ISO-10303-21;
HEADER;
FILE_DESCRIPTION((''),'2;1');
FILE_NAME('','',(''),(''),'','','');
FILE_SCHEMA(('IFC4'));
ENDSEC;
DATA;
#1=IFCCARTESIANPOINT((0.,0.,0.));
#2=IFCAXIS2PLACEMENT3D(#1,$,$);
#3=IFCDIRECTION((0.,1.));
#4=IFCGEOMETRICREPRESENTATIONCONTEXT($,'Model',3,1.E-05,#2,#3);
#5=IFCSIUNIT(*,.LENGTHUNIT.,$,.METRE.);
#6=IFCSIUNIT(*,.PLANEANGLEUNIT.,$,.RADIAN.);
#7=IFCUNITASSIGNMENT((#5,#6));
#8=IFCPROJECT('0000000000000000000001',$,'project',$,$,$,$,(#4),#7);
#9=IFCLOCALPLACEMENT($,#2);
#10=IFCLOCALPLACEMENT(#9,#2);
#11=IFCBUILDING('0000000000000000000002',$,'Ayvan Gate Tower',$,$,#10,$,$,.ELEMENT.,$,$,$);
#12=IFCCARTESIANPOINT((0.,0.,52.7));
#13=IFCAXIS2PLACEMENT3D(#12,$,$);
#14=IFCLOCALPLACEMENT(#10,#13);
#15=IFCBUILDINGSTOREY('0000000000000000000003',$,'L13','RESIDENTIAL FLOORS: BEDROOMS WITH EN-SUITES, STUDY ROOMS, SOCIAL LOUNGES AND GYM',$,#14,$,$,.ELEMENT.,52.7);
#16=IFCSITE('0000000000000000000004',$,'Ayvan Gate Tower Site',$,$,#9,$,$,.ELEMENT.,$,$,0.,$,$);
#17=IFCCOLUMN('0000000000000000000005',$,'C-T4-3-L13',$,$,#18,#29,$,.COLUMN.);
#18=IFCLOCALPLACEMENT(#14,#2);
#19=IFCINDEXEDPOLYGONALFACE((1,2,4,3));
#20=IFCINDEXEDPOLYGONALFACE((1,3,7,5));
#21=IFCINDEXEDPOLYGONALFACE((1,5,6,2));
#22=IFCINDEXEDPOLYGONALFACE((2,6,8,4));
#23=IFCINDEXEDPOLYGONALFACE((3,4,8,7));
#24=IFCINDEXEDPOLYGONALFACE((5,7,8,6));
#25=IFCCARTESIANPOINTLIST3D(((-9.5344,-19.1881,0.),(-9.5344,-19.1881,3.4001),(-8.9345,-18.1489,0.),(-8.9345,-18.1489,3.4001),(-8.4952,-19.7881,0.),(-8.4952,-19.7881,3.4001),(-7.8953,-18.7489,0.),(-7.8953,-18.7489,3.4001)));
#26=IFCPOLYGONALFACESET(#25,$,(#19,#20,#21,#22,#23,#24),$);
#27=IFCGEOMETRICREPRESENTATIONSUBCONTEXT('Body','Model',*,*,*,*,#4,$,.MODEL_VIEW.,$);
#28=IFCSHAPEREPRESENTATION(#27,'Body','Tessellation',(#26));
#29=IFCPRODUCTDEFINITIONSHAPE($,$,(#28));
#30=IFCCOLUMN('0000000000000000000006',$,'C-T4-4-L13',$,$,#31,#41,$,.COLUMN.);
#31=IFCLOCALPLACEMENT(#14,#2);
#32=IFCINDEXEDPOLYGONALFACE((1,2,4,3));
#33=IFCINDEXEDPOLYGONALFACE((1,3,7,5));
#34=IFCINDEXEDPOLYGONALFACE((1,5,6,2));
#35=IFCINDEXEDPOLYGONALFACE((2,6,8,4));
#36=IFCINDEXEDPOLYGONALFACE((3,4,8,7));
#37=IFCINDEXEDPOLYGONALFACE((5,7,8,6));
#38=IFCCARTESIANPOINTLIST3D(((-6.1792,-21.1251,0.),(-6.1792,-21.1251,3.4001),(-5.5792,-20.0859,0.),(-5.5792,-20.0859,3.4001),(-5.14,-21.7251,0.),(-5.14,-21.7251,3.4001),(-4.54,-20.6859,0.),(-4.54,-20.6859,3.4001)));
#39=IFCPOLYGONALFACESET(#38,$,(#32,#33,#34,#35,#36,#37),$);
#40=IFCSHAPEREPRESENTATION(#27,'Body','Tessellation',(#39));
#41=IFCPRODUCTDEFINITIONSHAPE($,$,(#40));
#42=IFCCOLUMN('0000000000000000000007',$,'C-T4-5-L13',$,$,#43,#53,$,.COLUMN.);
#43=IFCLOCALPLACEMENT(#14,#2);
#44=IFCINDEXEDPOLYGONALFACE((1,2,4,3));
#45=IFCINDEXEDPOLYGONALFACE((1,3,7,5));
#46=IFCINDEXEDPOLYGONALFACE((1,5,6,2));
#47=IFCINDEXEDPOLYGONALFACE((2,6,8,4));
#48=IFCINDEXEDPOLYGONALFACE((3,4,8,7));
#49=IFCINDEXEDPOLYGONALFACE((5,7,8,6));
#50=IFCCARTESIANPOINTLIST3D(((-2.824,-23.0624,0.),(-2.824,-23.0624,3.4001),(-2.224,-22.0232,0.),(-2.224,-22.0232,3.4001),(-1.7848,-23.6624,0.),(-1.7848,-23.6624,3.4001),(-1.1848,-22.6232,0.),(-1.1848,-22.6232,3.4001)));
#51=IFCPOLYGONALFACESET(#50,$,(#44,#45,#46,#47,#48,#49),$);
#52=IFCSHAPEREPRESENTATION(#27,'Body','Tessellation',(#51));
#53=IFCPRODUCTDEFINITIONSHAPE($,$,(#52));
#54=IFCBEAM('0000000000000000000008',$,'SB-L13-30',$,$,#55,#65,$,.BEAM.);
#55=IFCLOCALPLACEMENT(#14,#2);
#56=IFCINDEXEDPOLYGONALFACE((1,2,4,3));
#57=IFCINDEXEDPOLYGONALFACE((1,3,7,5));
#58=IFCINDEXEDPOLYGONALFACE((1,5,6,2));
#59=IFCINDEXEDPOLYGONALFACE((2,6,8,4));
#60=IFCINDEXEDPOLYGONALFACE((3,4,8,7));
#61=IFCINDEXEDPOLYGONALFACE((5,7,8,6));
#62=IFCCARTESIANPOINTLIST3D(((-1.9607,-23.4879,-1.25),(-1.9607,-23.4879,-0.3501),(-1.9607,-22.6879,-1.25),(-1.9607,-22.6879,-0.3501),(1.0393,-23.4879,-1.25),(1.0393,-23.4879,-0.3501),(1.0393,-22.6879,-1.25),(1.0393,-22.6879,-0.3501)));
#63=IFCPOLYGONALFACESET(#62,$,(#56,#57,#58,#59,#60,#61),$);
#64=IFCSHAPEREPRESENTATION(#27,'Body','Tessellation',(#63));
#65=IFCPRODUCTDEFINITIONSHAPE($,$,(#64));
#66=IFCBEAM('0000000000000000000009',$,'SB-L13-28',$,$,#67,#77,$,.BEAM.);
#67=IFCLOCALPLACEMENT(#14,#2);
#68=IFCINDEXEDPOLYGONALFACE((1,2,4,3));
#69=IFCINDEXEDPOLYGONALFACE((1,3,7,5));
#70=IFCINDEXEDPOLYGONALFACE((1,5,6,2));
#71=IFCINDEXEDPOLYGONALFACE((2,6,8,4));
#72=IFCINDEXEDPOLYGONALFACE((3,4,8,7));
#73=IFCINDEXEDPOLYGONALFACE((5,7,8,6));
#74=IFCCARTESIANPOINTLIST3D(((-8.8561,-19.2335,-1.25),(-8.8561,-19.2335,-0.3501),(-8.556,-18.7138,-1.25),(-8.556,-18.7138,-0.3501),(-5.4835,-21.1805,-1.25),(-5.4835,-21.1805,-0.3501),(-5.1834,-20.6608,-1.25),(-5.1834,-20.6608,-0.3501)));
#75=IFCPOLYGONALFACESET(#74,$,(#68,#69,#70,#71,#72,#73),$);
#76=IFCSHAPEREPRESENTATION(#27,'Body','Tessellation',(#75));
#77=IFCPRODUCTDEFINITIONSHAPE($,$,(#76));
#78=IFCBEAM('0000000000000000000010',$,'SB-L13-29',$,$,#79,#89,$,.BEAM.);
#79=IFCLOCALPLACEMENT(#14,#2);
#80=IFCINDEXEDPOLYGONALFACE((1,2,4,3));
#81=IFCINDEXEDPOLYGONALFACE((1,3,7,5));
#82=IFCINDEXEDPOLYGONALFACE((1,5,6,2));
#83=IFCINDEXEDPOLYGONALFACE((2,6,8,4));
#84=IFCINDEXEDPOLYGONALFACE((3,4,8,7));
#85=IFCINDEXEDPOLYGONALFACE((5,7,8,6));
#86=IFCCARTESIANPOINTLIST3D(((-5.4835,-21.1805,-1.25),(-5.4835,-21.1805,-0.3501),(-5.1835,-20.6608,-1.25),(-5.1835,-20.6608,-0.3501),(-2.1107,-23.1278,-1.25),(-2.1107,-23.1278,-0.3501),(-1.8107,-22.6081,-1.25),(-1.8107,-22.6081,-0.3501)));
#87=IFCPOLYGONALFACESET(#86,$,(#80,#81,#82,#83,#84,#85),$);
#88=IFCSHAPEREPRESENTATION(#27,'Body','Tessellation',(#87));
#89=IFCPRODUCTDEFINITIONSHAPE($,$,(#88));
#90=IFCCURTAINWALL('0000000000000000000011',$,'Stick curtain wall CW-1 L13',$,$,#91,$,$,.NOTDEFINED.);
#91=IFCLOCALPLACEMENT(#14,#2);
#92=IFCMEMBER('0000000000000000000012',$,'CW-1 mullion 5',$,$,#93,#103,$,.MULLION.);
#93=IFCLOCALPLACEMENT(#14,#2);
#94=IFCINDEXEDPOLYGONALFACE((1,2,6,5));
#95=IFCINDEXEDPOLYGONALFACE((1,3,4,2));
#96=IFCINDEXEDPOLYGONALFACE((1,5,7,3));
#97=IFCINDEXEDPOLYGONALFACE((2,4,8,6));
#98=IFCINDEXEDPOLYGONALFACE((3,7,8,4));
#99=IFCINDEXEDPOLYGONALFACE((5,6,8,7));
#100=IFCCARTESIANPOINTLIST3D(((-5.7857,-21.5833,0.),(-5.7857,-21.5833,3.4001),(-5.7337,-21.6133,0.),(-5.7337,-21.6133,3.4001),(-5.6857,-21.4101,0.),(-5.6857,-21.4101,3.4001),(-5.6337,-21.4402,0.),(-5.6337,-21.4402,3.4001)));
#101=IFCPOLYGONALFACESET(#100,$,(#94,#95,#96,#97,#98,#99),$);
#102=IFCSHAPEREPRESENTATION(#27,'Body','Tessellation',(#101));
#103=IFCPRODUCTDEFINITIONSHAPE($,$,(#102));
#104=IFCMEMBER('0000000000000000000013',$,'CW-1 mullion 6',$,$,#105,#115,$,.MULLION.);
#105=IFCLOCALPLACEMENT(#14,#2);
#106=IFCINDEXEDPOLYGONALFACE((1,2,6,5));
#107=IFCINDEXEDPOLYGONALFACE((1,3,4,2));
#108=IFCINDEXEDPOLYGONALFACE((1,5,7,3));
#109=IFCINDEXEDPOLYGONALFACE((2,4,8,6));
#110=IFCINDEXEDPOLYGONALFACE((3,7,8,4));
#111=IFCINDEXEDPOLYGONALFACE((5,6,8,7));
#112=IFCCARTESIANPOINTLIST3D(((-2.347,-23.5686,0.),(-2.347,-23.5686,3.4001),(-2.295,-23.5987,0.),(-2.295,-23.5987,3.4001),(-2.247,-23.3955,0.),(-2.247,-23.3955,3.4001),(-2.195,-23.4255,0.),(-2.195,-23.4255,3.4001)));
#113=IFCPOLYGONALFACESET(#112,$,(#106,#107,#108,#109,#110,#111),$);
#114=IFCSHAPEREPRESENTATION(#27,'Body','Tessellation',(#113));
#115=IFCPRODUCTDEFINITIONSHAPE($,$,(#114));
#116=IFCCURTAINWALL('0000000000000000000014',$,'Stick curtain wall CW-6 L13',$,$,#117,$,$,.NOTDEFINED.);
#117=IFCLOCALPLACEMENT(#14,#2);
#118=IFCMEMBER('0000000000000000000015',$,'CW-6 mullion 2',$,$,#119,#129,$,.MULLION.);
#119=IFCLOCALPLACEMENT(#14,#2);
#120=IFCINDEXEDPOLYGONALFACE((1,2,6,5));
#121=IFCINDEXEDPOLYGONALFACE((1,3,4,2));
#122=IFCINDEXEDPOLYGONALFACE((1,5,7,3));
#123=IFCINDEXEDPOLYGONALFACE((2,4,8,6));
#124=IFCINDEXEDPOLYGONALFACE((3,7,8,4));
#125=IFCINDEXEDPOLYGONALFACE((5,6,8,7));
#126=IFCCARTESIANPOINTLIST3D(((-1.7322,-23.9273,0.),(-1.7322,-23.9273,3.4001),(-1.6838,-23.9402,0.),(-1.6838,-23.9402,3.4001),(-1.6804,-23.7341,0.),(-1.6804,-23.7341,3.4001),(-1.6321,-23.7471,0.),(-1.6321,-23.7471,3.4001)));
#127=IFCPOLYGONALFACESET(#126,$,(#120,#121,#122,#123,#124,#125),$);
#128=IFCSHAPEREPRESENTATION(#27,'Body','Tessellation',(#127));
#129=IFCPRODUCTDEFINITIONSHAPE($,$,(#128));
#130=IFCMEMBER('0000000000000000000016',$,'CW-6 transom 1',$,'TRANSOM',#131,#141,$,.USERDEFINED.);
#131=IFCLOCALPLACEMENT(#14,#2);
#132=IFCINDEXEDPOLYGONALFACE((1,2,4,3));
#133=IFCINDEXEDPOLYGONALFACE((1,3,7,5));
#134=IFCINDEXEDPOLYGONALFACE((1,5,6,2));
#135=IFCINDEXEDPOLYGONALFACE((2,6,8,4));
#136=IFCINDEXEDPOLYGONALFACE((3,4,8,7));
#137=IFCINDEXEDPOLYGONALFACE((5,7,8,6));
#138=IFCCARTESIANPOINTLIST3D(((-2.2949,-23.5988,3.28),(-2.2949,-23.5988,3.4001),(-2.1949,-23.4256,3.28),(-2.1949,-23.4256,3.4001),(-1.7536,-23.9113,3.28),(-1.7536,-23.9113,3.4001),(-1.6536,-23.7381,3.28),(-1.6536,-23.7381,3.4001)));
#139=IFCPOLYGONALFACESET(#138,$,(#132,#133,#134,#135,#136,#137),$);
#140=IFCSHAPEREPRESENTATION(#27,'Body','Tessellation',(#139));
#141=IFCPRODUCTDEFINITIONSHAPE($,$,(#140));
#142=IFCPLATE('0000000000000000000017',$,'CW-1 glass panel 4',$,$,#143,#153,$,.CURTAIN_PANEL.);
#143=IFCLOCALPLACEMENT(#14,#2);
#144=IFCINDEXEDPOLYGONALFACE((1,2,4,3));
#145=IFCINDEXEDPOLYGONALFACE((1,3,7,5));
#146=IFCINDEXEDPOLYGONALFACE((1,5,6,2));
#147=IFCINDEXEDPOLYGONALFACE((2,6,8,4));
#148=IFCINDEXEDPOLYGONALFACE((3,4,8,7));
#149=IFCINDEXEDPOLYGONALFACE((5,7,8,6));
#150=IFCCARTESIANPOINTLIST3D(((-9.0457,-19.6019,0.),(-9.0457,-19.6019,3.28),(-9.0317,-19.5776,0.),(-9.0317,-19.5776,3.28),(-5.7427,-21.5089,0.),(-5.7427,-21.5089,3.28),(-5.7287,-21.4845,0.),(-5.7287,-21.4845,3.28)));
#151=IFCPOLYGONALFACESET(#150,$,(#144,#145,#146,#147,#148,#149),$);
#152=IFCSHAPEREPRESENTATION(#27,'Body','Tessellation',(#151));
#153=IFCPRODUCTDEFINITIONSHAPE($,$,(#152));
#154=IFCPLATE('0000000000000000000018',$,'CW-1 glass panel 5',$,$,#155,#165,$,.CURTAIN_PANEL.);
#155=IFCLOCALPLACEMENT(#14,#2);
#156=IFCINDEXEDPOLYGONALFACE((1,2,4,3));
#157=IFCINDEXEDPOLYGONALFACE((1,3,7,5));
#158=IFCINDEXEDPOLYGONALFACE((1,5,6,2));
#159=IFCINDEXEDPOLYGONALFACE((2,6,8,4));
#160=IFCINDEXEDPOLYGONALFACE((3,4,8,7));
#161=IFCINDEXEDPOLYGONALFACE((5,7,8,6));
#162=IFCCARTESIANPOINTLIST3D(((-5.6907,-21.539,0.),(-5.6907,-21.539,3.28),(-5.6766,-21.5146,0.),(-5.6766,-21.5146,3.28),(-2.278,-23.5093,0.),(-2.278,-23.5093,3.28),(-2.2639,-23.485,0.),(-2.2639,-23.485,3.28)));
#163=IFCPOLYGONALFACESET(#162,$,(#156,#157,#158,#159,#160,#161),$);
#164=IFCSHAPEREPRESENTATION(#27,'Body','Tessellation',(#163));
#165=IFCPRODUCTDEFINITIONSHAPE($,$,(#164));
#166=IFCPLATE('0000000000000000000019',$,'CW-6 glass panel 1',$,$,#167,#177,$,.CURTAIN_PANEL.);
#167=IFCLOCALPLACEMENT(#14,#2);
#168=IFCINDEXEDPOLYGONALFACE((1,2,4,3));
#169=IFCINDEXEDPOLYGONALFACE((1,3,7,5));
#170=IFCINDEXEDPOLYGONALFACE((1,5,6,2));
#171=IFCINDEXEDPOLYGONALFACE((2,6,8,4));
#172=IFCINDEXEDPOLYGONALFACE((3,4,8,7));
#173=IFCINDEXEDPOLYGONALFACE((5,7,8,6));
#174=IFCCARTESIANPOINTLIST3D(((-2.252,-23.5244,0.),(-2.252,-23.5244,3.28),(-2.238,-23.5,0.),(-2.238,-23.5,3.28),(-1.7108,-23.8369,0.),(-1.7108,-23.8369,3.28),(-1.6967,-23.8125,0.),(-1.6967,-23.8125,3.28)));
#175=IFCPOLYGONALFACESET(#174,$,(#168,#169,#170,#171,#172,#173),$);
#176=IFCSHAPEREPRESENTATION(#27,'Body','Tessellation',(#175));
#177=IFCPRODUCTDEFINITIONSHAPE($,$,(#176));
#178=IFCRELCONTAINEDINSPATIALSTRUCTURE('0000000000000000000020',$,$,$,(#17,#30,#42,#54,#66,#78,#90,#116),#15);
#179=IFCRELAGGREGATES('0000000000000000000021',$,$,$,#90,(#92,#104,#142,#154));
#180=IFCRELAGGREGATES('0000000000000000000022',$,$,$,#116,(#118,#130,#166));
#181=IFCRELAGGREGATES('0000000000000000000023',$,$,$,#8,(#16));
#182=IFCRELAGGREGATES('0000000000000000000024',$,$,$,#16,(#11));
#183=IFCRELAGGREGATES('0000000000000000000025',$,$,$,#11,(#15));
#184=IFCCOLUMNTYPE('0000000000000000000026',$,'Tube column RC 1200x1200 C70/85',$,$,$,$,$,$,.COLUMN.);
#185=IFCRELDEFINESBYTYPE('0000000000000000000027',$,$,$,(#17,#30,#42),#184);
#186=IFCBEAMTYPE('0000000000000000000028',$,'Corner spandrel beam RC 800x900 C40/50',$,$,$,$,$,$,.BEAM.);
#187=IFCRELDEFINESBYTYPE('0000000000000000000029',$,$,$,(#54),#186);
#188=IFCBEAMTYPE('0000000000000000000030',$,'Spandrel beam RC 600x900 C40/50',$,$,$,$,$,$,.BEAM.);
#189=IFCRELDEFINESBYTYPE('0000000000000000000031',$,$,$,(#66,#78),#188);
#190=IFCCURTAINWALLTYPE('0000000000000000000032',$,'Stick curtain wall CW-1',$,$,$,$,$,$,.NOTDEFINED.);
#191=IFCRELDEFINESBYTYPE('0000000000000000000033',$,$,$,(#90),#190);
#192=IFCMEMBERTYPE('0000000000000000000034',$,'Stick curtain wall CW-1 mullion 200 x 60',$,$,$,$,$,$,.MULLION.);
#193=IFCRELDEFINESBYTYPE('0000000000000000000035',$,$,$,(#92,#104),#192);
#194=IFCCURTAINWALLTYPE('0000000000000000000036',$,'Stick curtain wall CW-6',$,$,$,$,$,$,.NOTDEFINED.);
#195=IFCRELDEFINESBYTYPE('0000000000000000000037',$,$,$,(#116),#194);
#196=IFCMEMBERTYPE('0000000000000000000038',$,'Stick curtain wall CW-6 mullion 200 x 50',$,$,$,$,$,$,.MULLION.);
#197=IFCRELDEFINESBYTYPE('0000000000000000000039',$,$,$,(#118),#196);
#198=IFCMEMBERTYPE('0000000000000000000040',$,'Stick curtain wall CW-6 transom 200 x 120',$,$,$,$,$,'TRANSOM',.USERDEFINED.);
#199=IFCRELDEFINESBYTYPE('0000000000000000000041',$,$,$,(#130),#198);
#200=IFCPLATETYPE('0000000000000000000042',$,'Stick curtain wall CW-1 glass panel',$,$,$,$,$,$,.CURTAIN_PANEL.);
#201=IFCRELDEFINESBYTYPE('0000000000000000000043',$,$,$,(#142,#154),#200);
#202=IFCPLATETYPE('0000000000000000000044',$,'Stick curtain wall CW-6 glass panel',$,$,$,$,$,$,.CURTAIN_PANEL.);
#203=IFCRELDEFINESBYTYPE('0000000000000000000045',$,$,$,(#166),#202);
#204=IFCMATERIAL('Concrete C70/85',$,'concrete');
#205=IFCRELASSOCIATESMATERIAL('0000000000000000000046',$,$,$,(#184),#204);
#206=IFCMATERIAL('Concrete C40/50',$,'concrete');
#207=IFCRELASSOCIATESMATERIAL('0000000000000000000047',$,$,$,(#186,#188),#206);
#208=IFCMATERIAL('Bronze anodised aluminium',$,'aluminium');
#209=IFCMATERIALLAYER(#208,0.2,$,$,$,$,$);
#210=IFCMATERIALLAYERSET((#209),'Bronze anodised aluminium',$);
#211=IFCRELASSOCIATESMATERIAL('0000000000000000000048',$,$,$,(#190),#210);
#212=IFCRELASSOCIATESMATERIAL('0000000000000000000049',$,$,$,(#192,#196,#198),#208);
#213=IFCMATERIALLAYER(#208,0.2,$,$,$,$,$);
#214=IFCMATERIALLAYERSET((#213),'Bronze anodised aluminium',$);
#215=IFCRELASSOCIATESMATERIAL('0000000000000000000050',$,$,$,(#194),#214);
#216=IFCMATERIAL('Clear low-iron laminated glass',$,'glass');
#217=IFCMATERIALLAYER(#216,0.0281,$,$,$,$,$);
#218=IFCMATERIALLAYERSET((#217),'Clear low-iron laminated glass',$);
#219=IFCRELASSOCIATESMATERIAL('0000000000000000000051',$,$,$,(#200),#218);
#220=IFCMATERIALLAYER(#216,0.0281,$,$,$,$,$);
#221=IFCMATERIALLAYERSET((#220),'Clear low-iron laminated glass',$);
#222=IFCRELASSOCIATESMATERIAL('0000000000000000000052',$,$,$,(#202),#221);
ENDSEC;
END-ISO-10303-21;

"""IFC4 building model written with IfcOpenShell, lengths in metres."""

from ifc_helpers import new_model, si_unit, direction, frame, origin, origin_2d, place, context, subcontext, project, spatial, rectangle, extrude, material, layer, layer_set, material_profile, profile_set, type_object, element, aggregate, save


model = new_model("IFC4")

# Units and contexts
model_context = context("Model", 3, precision=1e-05, world=origin(), true_north=direction((0.0, 1.0)))
body_context = subcontext(model_context, "Body", "Model", "MODEL_VIEW")
ifc_project = project(units=[si_unit("LENGTHUNIT", "METRE"), si_unit("PLANEANGLEUNIT", "RADIAN")], contexts=[model_context])

# Site, building, storey
site_placement = place(None, origin())
site = spatial("IfcSite", under=ifc_project, at=site_placement, Name="Ayvan Gate Tower Site", CompositionType="ELEMENT", RefElevation=0.0)
building_placement = place(site_placement, origin())
building = spatial("IfcBuilding", under=site, at=building_placement, Name="Ayvan Gate Tower", CompositionType="ELEMENT")
storey_placement = place(building_placement, frame((0.0, 0.0, 52.7)))
storey = spatial("IfcBuildingStorey", under=building, at=storey_placement, Name="L13", Description="RESIDENTIAL FLOORS: BEDROOMS WITH EN-SUITES, STUDY ROOMS, SOCIAL LOUNGES AND GYM", CompositionType="ELEMENT", Elevation=52.7)

# Columns
ifc_material_1 = material(Name="Concrete C70/85", Category="concrete")
ifc_material_profile_1 = material_profile(ifc_material_1, rectangle(XDim=1.2, YDim=1.2, at=origin_2d()), Name="RC 1200x1200")
ifc_profile_set_1 = profile_set([ifc_material_profile_1], Name="Concrete C70/85")
column_type = type_object("IfcColumnType", Name="Tube column RC 1200x1200 C70/85", PredefinedType="COLUMN", material=ifc_profile_set_1)
for number, where, z_axis, x_axis, name in (
    (1, (-8.7148, -18.9685, 0.0), (0.0, 0.0, 1.0), (-0.5, -0.866025, 0.0), "C-T4-3-L13"),
    (2, (-5.3596, -20.9055, 0.0), (0.0, 0.0, 1.0), (-0.5, -0.866025, 0.0), "C-T4-4-L13"),
    (3, (-2.0044, -22.8428, 0.0), (0.0, 0.0, 1.0), (-0.5, -0.866025, 0.0), "C-T4-5-L13"),
):
    element("IfcColumn", number, at=place(storey_placement, frame(where, z_axis=z_axis, x_axis=x_axis)), inside=storey, type_object=column_type, Name=name, PredefinedType="COLUMN", context=body_context, shape_type="SweptSolid", body=[
        extrude(rectangle(XDim=1.2, YDim=1.2, at=origin_2d()), origin(), (0.0, 0.0, 1.0), 3.4001),
    ])

# Beams
ifc_material_2 = material(Name="Concrete C40/50", Category="concrete")
ifc_material_profile_2 = material_profile(ifc_material_2, rectangle(XDim=0.8, YDim=0.8999, at=origin_2d()), Name="RC 800x900")
ifc_profile_set_2 = profile_set([ifc_material_profile_2], Name="Concrete C40/50")
beam_type_1 = type_object("IfcBeamType", Name="Corner spandrel beam RC 800x900 C40/50", PredefinedType="BEAM", material=ifc_profile_set_2)
beam_1_placement = place(storey_placement, frame((-1.9607, -23.0879, -0.8), z_axis=(1.0, 0.0, 0.0), x_axis=(0.0, 1.0, 0.0)))
element("IfcBeam", 4, at=beam_1_placement, inside=storey, type_object=beam_type_1, Name="SB-L13-30", PredefinedType="BEAM", context=body_context, shape_type="SweptSolid", body=[
    extrude(rectangle(XDim=0.8, YDim=0.8999, at=origin_2d()), origin(), (0.0, 0.0, 1.0), 3.0),
])
ifc_material_profile_3 = material_profile(ifc_material_2, rectangle(XDim=0.6001, YDim=0.8999, at=origin_2d()), Name="RC 600x900")
ifc_profile_set_3 = profile_set([ifc_material_profile_3], Name="Concrete C40/50")
beam_type_2 = type_object("IfcBeamType", Name="Spandrel beam RC 600x900 C40/50", PredefinedType="BEAM", material=ifc_profile_set_3)
beam_2_placement = place(storey_placement, frame((-8.7061, -18.9736, -0.8), z_axis=(0.866039, -0.499976, 0.0), x_axis=(0.499976, 0.866039, 0.0)))
element("IfcBeam", 5, at=beam_2_placement, inside=storey, type_object=beam_type_2, Name="SB-L13-28", PredefinedType="BEAM", context=body_context, shape_type="SweptSolid", body=[
    extrude(rectangle(XDim=0.6001, YDim=0.8999, at=origin_2d()), origin(), (0.0, 0.0, 1.0), 3.8943),
])
beam_3_placement = place(storey_placement, frame((-5.3335, -20.9207, -0.8), z_axis=(0.866028, -0.499996, 0.0), x_axis=(0.499996, 0.866028, 0.0)))
element("IfcBeam", 6, at=beam_3_placement, inside=storey, type_object=beam_type_2, Name="SB-L13-29", PredefinedType="BEAM", context=body_context, shape_type="SweptSolid", body=[
    extrude(rectangle(XDim=0.6001, YDim=0.8999, at=origin_2d()), origin(), (0.0, 0.0, 1.0), 3.8945),
])

# Curtain walls, members
ifc_material_3 = material(Name="Bronze anodised aluminium", Category="aluminium")
ifc_layer_1 = layer(ifc_material_3, 0.2)
ifc_layer_set_1 = layer_set([ifc_layer_1], Name="Bronze anodised aluminium")
curtain_wall_type_1 = type_object("IfcCurtainWallType", Name="Stick curtain wall CW-1", PredefinedType="NOTDEFINED", material=ifc_layer_set_1)
curtain_wall_1_placement = place(storey_placement, origin())
curtain_wall_1 = element("IfcCurtainWall", 7, at=curtain_wall_1_placement, inside=storey, type_object=curtain_wall_type_1, Name="Stick curtain wall CW-1 L13", PredefinedType="NOTDEFINED")
ifc_material_profile_4 = material_profile(ifc_material_3, rectangle(XDim=0.2, YDim=0.0601, at=origin_2d()), Name="Stick curtain wall CW-1 mullion 200 x 60")
ifc_profile_set_4 = profile_set([ifc_material_profile_4], Name="Bronze anodised aluminium")
member_type_1 = type_object("IfcMemberType", Name="Stick curtain wall CW-1 mullion 200 x 60", PredefinedType="MULLION", material=ifc_profile_set_4)
member_1_placement = place(storey_placement, frame((-5.7097, -21.5117, 0.0), z_axis=(0.0, 0.0, 1.0), x_axis=(-0.5, -0.866025, 0.0)))
member_1 = element("IfcMember", 8, at=member_1_placement, type_object=member_type_1, Name="CW-1 mullion 5", PredefinedType="MULLION", context=body_context, shape_type="SweptSolid", body=[
    extrude(rectangle(XDim=0.2, YDim=0.0601, at=origin_2d()), origin(), (0.0, 0.0, 1.0), 3.4001),
])
member_2_placement = place(storey_placement, frame((-2.271, -23.4971, 0.0), z_axis=(0.0, 0.0, 1.0), x_axis=(-0.5, -0.866025, 0.0)))
member_2 = element("IfcMember", 9, at=member_2_placement, type_object=member_type_1, Name="CW-1 mullion 6", PredefinedType="MULLION", context=body_context, shape_type="SweptSolid", body=[
    extrude(rectangle(XDim=0.2, YDim=0.0601, at=origin_2d()), origin(), (0.0, 0.0, 1.0), 3.4001),
])
ifc_layer_2 = layer(ifc_material_3, 0.2)
ifc_layer_set_2 = layer_set([ifc_layer_2], Name="Bronze anodised aluminium")
curtain_wall_type_2 = type_object("IfcCurtainWallType", Name="Stick curtain wall CW-6", PredefinedType="NOTDEFINED", material=ifc_layer_set_2)
curtain_wall_2_placement = place(storey_placement, origin())
curtain_wall_2 = element("IfcCurtainWall", 10, at=curtain_wall_2_placement, inside=storey, type_object=curtain_wall_type_2, Name="Stick curtain wall CW-6 L13", PredefinedType="NOTDEFINED")
ifc_material_profile_5 = material_profile(ifc_material_3, rectangle(XDim=0.2, YDim=0.05, at=origin_2d()), Name="Stick curtain wall CW-6 mullion 200 x 50")
ifc_profile_set_5 = profile_set([ifc_material_profile_5], Name="Bronze anodised aluminium")
member_type_2 = type_object("IfcMemberType", Name="Stick curtain wall CW-6 mullion 200 x 50", PredefinedType="MULLION", material=ifc_profile_set_5)
member_3_placement = place(storey_placement, frame((-1.6821, -23.8372, 0.0), z_axis=(0.0, 0.0, 1.0), x_axis=(-0.258819, -0.965926, 0.0)))
member_3 = element("IfcMember", 11, at=member_3_placement, type_object=member_type_2, Name="CW-6 mullion 2", PredefinedType="MULLION", context=body_context, shape_type="SweptSolid", body=[
    extrude(rectangle(XDim=0.2, YDim=0.05, at=origin_2d()), origin(), (0.0, 0.0, 1.0), 3.4001),
])
ifc_material_profile_6 = material_profile(ifc_material_3, rectangle(XDim=0.2, YDim=0.1201, at=origin_2d()), Name="Stick curtain wall CW-6 transom 200 x 120")
ifc_profile_set_6 = profile_set([ifc_material_profile_6], Name="Bronze anodised aluminium")
member_type_3 = type_object("IfcMemberType", Name="Stick curtain wall CW-6 transom 200 x 120", ElementType="TRANSOM", PredefinedType="USERDEFINED", material=ifc_profile_set_6)
member_4_placement = place(storey_placement, frame((-2.2449, -23.5122, 3.3401), z_axis=(0.866023, -0.500004, 0.0), x_axis=(0.500004, 0.866023, 0.0)))
member_4 = element("IfcMember", 12, at=member_4_placement, type_object=member_type_3, Name="CW-6 transom 1", ObjectType="TRANSOM", PredefinedType="USERDEFINED", context=body_context, shape_type="SweptSolid", body=[
    extrude(rectangle(XDim=0.2, YDim=0.1201, at=origin_2d()), origin(), (0.0, 0.0, 1.0), 0.625),
])

# Plates
ifc_material_4 = material(Name="Clear low-iron laminated glass", Category="glass")
ifc_layer_3 = layer(ifc_material_4, 0.0281)
ifc_layer_set_3 = layer_set([ifc_layer_3], Name="Clear low-iron laminated glass")
plate_type_1 = type_object("IfcPlateType", Name="Stick curtain wall CW-1 glass panel", PredefinedType="CURTAIN_PANEL", material=ifc_layer_set_3)
plate_1_placement = place(storey_placement, frame((-7.3872, -20.5432, 0.0), z_axis=(0.0, 0.0, 1.0), x_axis=(0.866025, -0.5, 0.0)))
plate_1 = element("IfcPlate", 13, at=plate_1_placement, type_object=plate_type_1, Name="CW-1 glass panel 4", PredefinedType="CURTAIN_PANEL", context=body_context, shape_type="SweptSolid", body=[
    extrude(rectangle(XDim=3.814, YDim=0.0281, at=origin_2d()), origin(), (0.0, 0.0, 1.0), 3.28),
])
plate_2_placement = place(storey_placement, frame((-3.9773, -22.512, 0.0), z_axis=(0.0, 0.0, 1.0), x_axis=(0.866025, -0.5, 0.0)))
plate_2 = element("IfcPlate", 14, at=plate_2_placement, type_object=plate_type_1, Name="CW-1 glass panel 5", PredefinedType="CURTAIN_PANEL", context=body_context, shape_type="SweptSolid", body=[
    extrude(rectangle(XDim=3.9407, YDim=0.0281, at=origin_2d()), origin(), (0.0, 0.0, 1.0), 3.28),
])
aggregate(curtain_wall_1, [member_1, member_2, plate_1, plate_2])
ifc_layer_4 = layer(ifc_material_4, 0.0281)
ifc_layer_set_4 = layer_set([ifc_layer_4], Name="Clear low-iron laminated glass")
plate_type_2 = type_object("IfcPlateType", Name="Stick curtain wall CW-6 glass panel", PredefinedType="CURTAIN_PANEL", material=ifc_layer_set_4)
plate_3_placement = place(storey_placement, frame((-1.9744, -23.6685, 0.0), z_axis=(0.0, 0.0, 1.0), x_axis=(0.866025, -0.5, 0.0)))
plate_3 = element("IfcPlate", 15, at=plate_3_placement, type_object=plate_type_2, Name="CW-6 glass panel 1", PredefinedType="CURTAIN_PANEL", context=body_context, shape_type="SweptSolid", body=[
    extrude(rectangle(XDim=0.625, YDim=0.0281, at=origin_2d()), origin(), (0.0, 0.0, 1.0), 3.28),
])
aggregate(curtain_wall_2, [member_3, member_4, plate_3])

save(model, "model.ifc")
